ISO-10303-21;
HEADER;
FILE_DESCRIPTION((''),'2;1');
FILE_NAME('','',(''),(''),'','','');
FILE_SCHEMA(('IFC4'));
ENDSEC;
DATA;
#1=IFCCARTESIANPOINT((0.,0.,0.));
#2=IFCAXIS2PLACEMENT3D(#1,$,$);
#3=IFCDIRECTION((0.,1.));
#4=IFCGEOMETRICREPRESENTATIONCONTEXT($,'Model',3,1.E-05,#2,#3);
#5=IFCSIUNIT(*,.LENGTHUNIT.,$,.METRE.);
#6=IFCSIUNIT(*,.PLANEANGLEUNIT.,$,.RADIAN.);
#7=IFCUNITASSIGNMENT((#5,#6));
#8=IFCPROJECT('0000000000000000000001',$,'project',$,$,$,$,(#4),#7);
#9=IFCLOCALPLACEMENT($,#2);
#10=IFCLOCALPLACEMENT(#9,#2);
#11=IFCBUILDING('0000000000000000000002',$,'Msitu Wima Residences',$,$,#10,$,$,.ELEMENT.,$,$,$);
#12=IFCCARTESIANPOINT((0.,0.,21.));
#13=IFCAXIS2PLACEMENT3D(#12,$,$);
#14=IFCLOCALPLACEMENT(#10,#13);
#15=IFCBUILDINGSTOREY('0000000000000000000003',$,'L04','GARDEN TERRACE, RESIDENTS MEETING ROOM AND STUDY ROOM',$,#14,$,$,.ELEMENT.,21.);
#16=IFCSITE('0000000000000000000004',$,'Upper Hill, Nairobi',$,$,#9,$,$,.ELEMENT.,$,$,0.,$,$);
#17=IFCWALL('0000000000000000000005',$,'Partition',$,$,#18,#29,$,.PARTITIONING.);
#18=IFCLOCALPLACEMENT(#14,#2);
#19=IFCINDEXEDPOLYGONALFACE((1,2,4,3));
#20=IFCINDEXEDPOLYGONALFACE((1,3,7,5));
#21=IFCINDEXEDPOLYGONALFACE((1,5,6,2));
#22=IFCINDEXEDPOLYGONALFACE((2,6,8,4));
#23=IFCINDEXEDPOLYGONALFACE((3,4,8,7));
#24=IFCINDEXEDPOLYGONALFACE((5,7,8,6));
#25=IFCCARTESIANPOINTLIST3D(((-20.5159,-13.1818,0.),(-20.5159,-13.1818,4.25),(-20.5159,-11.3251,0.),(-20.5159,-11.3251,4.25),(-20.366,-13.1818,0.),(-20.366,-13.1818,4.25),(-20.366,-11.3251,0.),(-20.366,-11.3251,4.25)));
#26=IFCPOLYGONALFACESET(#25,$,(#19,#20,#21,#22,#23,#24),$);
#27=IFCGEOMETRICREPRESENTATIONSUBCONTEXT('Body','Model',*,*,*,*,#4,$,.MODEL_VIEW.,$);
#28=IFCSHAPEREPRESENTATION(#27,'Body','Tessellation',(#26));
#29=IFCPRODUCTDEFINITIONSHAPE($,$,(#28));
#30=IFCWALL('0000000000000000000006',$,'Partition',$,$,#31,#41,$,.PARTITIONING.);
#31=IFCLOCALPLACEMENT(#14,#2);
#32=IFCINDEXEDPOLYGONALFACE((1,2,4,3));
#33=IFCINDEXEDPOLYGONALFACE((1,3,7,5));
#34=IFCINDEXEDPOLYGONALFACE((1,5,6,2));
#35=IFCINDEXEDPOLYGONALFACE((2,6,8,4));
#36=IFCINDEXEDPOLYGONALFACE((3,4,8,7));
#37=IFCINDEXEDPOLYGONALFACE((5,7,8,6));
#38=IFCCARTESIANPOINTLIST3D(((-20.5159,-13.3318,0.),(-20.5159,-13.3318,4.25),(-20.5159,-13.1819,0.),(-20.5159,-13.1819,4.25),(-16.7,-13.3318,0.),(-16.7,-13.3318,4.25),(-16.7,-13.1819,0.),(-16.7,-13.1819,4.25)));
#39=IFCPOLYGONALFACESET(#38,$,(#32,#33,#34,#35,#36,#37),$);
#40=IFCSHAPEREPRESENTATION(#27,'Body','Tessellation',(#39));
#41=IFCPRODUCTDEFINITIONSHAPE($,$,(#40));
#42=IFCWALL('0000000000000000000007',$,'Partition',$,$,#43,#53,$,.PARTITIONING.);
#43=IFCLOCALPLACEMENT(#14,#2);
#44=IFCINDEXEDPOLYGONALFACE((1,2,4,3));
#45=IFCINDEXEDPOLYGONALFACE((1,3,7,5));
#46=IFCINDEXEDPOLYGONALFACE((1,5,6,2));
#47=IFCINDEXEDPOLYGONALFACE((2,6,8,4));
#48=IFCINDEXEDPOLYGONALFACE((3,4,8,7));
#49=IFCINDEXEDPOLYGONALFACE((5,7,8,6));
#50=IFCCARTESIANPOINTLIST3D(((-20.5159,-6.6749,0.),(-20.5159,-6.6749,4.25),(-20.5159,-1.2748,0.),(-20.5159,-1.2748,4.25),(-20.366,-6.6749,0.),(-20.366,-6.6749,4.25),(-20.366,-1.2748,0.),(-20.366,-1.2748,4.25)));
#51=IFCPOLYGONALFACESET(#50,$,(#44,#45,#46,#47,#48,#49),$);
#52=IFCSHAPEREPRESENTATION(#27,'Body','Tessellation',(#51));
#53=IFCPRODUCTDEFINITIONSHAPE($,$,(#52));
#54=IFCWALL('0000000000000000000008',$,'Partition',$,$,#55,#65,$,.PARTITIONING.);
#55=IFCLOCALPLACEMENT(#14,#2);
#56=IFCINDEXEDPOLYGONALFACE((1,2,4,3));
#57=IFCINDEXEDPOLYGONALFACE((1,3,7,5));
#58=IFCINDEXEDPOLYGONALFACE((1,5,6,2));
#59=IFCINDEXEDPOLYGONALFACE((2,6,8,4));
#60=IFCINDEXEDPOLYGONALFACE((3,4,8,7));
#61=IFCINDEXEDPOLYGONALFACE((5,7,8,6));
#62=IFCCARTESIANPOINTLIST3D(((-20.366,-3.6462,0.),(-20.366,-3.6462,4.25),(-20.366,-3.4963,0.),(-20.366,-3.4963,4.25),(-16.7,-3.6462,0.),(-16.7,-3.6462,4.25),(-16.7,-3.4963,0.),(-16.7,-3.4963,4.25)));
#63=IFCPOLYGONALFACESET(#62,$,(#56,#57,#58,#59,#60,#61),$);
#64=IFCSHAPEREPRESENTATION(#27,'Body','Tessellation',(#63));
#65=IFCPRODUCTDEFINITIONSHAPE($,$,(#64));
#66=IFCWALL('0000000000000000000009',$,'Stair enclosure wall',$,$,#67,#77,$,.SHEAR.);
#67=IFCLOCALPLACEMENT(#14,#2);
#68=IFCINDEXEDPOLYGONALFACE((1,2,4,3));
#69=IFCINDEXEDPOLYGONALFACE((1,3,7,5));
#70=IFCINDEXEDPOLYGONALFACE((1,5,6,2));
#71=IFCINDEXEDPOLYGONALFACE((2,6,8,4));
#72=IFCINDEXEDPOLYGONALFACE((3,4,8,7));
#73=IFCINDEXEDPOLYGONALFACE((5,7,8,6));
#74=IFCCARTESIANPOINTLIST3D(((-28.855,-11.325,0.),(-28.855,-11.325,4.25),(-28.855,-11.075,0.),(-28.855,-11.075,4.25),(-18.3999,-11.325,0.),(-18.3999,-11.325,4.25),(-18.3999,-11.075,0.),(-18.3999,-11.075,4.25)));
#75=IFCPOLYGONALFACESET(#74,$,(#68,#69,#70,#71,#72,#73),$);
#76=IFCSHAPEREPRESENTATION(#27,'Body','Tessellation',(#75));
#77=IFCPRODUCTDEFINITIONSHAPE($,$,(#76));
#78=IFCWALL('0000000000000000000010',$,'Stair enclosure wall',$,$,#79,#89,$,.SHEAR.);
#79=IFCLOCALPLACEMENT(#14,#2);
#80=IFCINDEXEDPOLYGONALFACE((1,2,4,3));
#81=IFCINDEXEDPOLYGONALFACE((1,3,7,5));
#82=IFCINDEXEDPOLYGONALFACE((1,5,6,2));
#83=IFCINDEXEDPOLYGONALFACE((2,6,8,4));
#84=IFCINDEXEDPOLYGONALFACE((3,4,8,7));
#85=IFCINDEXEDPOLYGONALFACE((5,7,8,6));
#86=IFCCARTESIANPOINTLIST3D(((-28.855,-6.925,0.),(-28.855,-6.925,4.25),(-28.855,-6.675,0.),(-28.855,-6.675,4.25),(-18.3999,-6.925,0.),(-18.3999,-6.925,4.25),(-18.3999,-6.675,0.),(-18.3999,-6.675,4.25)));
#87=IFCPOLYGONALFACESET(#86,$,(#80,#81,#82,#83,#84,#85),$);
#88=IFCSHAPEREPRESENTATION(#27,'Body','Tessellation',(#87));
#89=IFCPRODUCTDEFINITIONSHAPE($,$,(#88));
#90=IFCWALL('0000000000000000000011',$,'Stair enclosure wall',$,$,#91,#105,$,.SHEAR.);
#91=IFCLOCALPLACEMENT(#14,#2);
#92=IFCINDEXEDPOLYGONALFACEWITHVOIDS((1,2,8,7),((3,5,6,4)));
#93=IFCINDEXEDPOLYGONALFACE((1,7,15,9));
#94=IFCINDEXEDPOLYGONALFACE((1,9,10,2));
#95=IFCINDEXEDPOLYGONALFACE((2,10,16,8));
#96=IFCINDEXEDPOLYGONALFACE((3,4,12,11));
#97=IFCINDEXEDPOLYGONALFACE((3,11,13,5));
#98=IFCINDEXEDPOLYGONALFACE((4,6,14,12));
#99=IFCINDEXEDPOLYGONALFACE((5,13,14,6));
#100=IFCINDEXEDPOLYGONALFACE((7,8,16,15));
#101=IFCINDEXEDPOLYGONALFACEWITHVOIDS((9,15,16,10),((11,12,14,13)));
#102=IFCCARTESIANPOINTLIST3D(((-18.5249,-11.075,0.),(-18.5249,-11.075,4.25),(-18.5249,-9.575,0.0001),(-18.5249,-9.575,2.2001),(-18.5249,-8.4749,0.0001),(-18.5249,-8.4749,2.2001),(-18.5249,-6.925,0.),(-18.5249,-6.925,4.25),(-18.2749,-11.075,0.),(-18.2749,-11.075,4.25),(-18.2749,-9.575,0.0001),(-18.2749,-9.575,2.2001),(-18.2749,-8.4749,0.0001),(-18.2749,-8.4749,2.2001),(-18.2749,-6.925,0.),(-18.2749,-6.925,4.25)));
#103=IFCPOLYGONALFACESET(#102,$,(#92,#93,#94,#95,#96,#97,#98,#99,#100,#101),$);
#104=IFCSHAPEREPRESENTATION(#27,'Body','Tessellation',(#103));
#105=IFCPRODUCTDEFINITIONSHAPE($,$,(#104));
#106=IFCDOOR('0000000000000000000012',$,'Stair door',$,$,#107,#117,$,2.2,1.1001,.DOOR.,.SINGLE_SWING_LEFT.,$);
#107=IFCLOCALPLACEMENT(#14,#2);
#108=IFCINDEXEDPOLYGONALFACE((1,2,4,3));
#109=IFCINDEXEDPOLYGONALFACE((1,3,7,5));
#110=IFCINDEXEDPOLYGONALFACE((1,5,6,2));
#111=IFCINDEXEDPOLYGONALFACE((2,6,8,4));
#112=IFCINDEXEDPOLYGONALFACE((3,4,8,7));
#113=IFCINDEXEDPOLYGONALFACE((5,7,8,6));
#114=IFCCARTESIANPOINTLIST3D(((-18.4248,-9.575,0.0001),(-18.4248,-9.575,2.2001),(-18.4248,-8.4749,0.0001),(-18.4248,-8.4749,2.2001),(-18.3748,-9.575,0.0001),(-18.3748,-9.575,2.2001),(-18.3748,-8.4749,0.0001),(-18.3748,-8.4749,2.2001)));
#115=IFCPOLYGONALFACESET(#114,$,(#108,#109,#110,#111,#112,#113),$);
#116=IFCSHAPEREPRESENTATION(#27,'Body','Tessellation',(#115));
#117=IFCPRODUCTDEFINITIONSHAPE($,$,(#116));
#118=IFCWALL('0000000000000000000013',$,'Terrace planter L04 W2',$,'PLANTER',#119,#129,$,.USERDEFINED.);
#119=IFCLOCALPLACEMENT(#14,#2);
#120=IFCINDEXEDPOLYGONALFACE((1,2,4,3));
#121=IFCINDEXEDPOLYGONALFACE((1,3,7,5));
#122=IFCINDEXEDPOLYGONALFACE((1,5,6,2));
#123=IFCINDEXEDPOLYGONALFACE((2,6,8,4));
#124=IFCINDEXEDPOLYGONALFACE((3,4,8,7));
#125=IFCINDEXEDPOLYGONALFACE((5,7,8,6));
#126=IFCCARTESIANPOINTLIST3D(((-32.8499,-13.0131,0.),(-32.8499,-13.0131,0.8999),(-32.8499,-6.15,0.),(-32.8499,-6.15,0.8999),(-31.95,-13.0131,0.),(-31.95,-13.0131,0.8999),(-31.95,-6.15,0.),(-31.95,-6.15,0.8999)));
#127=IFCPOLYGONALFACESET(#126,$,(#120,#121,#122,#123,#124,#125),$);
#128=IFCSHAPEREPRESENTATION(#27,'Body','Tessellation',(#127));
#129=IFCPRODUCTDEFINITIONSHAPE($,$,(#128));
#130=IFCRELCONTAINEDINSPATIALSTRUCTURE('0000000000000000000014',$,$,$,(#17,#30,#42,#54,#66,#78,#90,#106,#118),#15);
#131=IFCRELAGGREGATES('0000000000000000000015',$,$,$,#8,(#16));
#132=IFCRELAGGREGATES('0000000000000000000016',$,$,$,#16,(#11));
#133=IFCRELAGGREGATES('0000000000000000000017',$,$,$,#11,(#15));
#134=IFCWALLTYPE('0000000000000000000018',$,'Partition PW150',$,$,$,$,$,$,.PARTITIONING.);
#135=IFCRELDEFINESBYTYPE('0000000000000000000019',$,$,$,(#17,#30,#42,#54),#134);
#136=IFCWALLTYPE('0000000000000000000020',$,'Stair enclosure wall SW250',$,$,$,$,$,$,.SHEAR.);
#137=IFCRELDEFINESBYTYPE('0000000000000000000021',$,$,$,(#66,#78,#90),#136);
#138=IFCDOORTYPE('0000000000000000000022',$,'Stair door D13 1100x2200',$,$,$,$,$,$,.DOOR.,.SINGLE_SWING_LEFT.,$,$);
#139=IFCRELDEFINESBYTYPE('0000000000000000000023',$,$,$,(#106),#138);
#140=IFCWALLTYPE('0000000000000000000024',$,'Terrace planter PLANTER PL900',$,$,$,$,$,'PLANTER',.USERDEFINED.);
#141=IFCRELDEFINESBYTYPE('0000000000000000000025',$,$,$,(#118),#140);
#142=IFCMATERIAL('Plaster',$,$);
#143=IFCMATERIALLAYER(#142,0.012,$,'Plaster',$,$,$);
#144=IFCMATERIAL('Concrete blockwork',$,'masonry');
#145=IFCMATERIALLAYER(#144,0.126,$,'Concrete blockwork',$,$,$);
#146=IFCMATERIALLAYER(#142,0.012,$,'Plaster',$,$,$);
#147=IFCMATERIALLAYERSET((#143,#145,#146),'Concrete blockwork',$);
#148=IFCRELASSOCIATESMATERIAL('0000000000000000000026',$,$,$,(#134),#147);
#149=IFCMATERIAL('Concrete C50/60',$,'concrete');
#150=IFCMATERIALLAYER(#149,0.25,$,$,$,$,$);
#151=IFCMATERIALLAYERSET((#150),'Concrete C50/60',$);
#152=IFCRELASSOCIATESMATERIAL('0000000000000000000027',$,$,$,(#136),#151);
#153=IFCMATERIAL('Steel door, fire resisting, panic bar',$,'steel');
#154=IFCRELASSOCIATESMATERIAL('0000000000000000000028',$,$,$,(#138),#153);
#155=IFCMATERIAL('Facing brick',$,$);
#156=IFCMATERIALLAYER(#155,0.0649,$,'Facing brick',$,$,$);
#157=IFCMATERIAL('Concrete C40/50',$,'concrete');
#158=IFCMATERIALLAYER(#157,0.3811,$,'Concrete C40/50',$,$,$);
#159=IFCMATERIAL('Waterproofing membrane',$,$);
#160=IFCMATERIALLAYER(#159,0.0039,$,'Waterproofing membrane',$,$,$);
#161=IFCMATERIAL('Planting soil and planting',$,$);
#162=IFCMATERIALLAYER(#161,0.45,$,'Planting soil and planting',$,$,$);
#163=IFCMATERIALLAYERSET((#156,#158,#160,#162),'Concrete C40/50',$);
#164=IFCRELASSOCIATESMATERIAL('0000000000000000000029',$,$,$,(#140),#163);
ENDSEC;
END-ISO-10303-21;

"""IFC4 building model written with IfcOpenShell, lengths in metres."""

from ifc_helpers import new_model, si_unit, direction, frame, frame_2d, origin, place, context, subcontext, project, spatial, rectangle, extrude, material, layer, layer_set, type_object, element, fill, save


model = new_model("IFC4")

# Units and contexts
model_context = context("Model", 3, precision=1e-05, world=origin(), true_north=direction((0.0, 1.0)))
body_context = subcontext(model_context, "Body", "Model", "MODEL_VIEW")
ifc_project = project(units=[si_unit("LENGTHUNIT", "METRE"), si_unit("PLANEANGLEUNIT", "RADIAN")], contexts=[model_context])

# Site, building, storey
site_placement = place(None, origin())
site = spatial("IfcSite", under=ifc_project, at=site_placement, Name="Upper Hill, Nairobi", CompositionType="ELEMENT", RefElevation=0.0)
building_placement = place(site_placement, origin())
building = spatial("IfcBuilding", under=site, at=building_placement, Name="Msitu Wima Residences", CompositionType="ELEMENT")
storey_placement = place(building_placement, frame((0.0, 0.0, 21.0)))
storey = spatial("IfcBuildingStorey", under=building, at=storey_placement, Name="L04", Description="GARDEN TERRACE, RESIDENTS MEETING ROOM AND STUDY ROOM", CompositionType="ELEMENT", Elevation=21.0)

# Shared definitions
ifc_material_1 = material(Name="Concrete C50/60", Category="concrete")
ifc_material_2 = material(Name="Concrete C40/50", Category="concrete")

# Shared definitions
ifc_material_3 = material(Name="Steel door, fire resisting, panic bar", Category="steel")

# Shared definitions
ifc_material_4 = material(Name="Plaster")
ifc_material_5 = material(Name="Concrete blockwork", Category="masonry")

# Walls
ifc_layer_1 = layer(ifc_material_4, 0.012, Name="Plaster")
ifc_layer_2 = layer(ifc_material_5, 0.126, Name="Concrete blockwork")
ifc_layer_3 = layer(ifc_material_4, 0.012, Name="Plaster")
ifc_layer_set_1 = layer_set([ifc_layer_1, ifc_layer_2, ifc_layer_3], Name="Concrete blockwork")
wall_type_1 = type_object("IfcWallType", Name="Partition PW150", PredefinedType="PARTITIONING", material=ifc_layer_set_1)
wall_1_placement = place(storey_placement, frame((-20.4409, -13.1816, 0.0), z_axis=(0.0, 0.0, 1.0), x_axis=(0.0, 1.0, 0.0)))
element("IfcWall", 1, at=wall_1_placement, inside=storey, type_object=wall_type_1, Name="Partition", PredefinedType="PARTITIONING", context=body_context, shape_type="SweptSolid", body=[
    extrude(rectangle(XDim=1.8567, YDim=0.1499, at=frame_2d((0.9282, 0.0))), origin(), (0.0, 0.0, 1.0), 4.25),
])
wall_2_placement = place(storey_placement, frame((-20.5159, -13.2568, 0.0), z_axis=(0.0, 0.0, 1.0), x_axis=(1.0, 0.0, 0.0)))
element("IfcWall", 2, at=wall_2_placement, inside=storey, type_object=wall_type_1, Name="Partition", PredefinedType="PARTITIONING", context=body_context, shape_type="SweptSolid", body=[
    extrude(rectangle(XDim=3.8159, YDim=0.1499, at=frame_2d((1.908, 0.0))), origin(), (0.0, 0.0, 1.0), 4.25),
])
wall_3_placement = place(storey_placement, frame((-20.4409, -6.675, 0.0), z_axis=(0.0, 0.0, 1.0), x_axis=(0.0, 1.0, 0.0)))
element("IfcWall", 3, at=wall_3_placement, inside=storey, type_object=wall_type_1, Name="Partition", PredefinedType="PARTITIONING", context=body_context, shape_type="SweptSolid", body=[
    extrude(rectangle(XDim=5.4001, YDim=0.1499, at=frame_2d((2.7002, 0.0))), origin(), (0.0, 0.0, 1.0), 4.25),
])
wall_4_placement = place(storey_placement, frame((-20.366, -3.5713, 0.0), z_axis=(0.0, 0.0, 1.0), x_axis=(1.0, 0.0, 0.0)))
element("IfcWall", 4, at=wall_4_placement, inside=storey, type_object=wall_type_1, Name="Partition", PredefinedType="PARTITIONING", context=body_context, shape_type="SweptSolid", body=[
    extrude(rectangle(XDim=3.666, YDim=0.1499, at=frame_2d((1.833, 0.0))), origin(), (0.0, 0.0, 1.0), 4.25),
])
ifc_layer_4 = layer(ifc_material_1, 0.25)
ifc_layer_set_2 = layer_set([ifc_layer_4], Name="Concrete C50/60")
wall_type_2 = type_object("IfcWallType", Name="Stair enclosure wall SW250", PredefinedType="SHEAR", material=ifc_layer_set_2)
for number, where, z_axis, x_axis, name in (
    (5, (-28.855, -11.2, 0.0), (0.0, 0.0, 1.0), (1.0, 0.0, 0.0), "Stair enclosure wall"),
    (6, (-28.855, -6.8, 0.0), (0.0, 0.0, 1.0), (1.0, 0.0, 0.0), "Stair enclosure wall"),
):
    element("IfcWall", number, at=place(storey_placement, frame(where, z_axis=z_axis, x_axis=x_axis)), inside=storey, type_object=wall_type_2, Name=name, PredefinedType="SHEAR", context=body_context, shape_type="SweptSolid", body=[
        extrude(rectangle(XDim=10.4551, YDim=0.25, at=frame_2d((5.2275, 0.0))), origin(), (0.0, 0.0, 1.0), 4.25),
    ])

# Wall, opening, door
wall_5_placement = place(storey_placement, frame((-18.3999, -11.075, 0.0), z_axis=(0.0, 0.0, 1.0), x_axis=(0.0, 1.0, 0.0)))
wall_5 = element("IfcWall", 7, at=wall_5_placement, inside=storey, type_object=wall_type_2, Name="Stair enclosure wall", PredefinedType="SHEAR", context=body_context, shape_type="SweptSolid", body=[
    extrude(rectangle(XDim=4.1499, YDim=0.25, at=frame_2d((2.075, 0.0))), origin(), (0.0, 0.0, 1.0), 4.25),
])
opening_1_placement = place(wall_5_placement, frame((1.5, 0.0, 0.0)))
opening_1 = element("IfcOpeningElement", 8, at=opening_1_placement, cuts=wall_5, PredefinedType="OPENING", context=body_context, shape_type="SweptSolid", body=[
    extrude(rectangle(XDim=1.1001, YDim=2.2, at=frame_2d((0.55, 1.1001))), frame((0.0, 0.135, 0.0), z_axis=(0.0, -1.0, 0.0), x_axis=(1.0, 0.0, 0.0)), (0.0, 0.0, 1.0), 0.27),
])
door_type_1 = type_object("IfcDoorType", Name="Stair door D13 1100x2200", OperationType="SINGLE_SWING_LEFT", PredefinedType="DOOR", material=ifc_material_3)
door_1_placement = place(opening_1_placement, origin())
door_1 = element("IfcDoor", 9, at=door_1_placement, inside=storey, type_object=door_type_1, Name="Stair door", OperationType="SINGLE_SWING_LEFT", OverallHeight=2.2, OverallWidth=1.1001, PredefinedType="DOOR", context=body_context, shape_type="SweptSolid", body=[
    extrude(rectangle(XDim=1.1001, YDim=2.2, at=frame_2d((0.55, 1.1001))), frame((0.0, 0.0249, 0.0), z_axis=(0.0, -1.0, 0.0), x_axis=(1.0, 0.0, 0.0)), (0.0, 0.0, 1.0), 0.05),
])
fill(opening_1, door_1)

# Wall
ifc_material_6 = material(Name="Facing brick")
ifc_layer_5 = layer(ifc_material_6, 0.0649, Name="Facing brick")
ifc_layer_6 = layer(ifc_material_2, 0.3811, Name="Concrete C40/50")
ifc_material_7 = material(Name="Waterproofing membrane")
ifc_layer_7 = layer(ifc_material_7, 0.0039, Name="Waterproofing membrane")
ifc_material_8 = material(Name="Planting soil and planting")
ifc_layer_8 = layer(ifc_material_8, 0.45, Name="Planting soil and planting")
ifc_layer_set_3 = layer_set([ifc_layer_5, ifc_layer_6, ifc_layer_7, ifc_layer_8], Name="Concrete C40/50")
wall_type_3 = type_object("IfcWallType", Name="Terrace planter PLANTER PL900", ElementType="PLANTER", PredefinedType="USERDEFINED", material=ifc_layer_set_3)
wall_6_placement = place(storey_placement, frame((-32.3999, -6.1499, 0.0), z_axis=(0.0, 0.0, 1.0), x_axis=(0.0, -1.0, 0.0)))
element("IfcWall", 10, at=wall_6_placement, inside=storey, type_object=wall_type_3, Name="Terrace planter L04 W2", ObjectType="PLANTER", PredefinedType="USERDEFINED", context=body_context, shape_type="SweptSolid", body=[
    extrude(rectangle(XDim=6.863, YDim=0.8999, at=frame_2d((3.4316, 0.0))), origin(), (0.0, 0.0, 1.0), 0.8999),
])

save(model, "model.ifc")
